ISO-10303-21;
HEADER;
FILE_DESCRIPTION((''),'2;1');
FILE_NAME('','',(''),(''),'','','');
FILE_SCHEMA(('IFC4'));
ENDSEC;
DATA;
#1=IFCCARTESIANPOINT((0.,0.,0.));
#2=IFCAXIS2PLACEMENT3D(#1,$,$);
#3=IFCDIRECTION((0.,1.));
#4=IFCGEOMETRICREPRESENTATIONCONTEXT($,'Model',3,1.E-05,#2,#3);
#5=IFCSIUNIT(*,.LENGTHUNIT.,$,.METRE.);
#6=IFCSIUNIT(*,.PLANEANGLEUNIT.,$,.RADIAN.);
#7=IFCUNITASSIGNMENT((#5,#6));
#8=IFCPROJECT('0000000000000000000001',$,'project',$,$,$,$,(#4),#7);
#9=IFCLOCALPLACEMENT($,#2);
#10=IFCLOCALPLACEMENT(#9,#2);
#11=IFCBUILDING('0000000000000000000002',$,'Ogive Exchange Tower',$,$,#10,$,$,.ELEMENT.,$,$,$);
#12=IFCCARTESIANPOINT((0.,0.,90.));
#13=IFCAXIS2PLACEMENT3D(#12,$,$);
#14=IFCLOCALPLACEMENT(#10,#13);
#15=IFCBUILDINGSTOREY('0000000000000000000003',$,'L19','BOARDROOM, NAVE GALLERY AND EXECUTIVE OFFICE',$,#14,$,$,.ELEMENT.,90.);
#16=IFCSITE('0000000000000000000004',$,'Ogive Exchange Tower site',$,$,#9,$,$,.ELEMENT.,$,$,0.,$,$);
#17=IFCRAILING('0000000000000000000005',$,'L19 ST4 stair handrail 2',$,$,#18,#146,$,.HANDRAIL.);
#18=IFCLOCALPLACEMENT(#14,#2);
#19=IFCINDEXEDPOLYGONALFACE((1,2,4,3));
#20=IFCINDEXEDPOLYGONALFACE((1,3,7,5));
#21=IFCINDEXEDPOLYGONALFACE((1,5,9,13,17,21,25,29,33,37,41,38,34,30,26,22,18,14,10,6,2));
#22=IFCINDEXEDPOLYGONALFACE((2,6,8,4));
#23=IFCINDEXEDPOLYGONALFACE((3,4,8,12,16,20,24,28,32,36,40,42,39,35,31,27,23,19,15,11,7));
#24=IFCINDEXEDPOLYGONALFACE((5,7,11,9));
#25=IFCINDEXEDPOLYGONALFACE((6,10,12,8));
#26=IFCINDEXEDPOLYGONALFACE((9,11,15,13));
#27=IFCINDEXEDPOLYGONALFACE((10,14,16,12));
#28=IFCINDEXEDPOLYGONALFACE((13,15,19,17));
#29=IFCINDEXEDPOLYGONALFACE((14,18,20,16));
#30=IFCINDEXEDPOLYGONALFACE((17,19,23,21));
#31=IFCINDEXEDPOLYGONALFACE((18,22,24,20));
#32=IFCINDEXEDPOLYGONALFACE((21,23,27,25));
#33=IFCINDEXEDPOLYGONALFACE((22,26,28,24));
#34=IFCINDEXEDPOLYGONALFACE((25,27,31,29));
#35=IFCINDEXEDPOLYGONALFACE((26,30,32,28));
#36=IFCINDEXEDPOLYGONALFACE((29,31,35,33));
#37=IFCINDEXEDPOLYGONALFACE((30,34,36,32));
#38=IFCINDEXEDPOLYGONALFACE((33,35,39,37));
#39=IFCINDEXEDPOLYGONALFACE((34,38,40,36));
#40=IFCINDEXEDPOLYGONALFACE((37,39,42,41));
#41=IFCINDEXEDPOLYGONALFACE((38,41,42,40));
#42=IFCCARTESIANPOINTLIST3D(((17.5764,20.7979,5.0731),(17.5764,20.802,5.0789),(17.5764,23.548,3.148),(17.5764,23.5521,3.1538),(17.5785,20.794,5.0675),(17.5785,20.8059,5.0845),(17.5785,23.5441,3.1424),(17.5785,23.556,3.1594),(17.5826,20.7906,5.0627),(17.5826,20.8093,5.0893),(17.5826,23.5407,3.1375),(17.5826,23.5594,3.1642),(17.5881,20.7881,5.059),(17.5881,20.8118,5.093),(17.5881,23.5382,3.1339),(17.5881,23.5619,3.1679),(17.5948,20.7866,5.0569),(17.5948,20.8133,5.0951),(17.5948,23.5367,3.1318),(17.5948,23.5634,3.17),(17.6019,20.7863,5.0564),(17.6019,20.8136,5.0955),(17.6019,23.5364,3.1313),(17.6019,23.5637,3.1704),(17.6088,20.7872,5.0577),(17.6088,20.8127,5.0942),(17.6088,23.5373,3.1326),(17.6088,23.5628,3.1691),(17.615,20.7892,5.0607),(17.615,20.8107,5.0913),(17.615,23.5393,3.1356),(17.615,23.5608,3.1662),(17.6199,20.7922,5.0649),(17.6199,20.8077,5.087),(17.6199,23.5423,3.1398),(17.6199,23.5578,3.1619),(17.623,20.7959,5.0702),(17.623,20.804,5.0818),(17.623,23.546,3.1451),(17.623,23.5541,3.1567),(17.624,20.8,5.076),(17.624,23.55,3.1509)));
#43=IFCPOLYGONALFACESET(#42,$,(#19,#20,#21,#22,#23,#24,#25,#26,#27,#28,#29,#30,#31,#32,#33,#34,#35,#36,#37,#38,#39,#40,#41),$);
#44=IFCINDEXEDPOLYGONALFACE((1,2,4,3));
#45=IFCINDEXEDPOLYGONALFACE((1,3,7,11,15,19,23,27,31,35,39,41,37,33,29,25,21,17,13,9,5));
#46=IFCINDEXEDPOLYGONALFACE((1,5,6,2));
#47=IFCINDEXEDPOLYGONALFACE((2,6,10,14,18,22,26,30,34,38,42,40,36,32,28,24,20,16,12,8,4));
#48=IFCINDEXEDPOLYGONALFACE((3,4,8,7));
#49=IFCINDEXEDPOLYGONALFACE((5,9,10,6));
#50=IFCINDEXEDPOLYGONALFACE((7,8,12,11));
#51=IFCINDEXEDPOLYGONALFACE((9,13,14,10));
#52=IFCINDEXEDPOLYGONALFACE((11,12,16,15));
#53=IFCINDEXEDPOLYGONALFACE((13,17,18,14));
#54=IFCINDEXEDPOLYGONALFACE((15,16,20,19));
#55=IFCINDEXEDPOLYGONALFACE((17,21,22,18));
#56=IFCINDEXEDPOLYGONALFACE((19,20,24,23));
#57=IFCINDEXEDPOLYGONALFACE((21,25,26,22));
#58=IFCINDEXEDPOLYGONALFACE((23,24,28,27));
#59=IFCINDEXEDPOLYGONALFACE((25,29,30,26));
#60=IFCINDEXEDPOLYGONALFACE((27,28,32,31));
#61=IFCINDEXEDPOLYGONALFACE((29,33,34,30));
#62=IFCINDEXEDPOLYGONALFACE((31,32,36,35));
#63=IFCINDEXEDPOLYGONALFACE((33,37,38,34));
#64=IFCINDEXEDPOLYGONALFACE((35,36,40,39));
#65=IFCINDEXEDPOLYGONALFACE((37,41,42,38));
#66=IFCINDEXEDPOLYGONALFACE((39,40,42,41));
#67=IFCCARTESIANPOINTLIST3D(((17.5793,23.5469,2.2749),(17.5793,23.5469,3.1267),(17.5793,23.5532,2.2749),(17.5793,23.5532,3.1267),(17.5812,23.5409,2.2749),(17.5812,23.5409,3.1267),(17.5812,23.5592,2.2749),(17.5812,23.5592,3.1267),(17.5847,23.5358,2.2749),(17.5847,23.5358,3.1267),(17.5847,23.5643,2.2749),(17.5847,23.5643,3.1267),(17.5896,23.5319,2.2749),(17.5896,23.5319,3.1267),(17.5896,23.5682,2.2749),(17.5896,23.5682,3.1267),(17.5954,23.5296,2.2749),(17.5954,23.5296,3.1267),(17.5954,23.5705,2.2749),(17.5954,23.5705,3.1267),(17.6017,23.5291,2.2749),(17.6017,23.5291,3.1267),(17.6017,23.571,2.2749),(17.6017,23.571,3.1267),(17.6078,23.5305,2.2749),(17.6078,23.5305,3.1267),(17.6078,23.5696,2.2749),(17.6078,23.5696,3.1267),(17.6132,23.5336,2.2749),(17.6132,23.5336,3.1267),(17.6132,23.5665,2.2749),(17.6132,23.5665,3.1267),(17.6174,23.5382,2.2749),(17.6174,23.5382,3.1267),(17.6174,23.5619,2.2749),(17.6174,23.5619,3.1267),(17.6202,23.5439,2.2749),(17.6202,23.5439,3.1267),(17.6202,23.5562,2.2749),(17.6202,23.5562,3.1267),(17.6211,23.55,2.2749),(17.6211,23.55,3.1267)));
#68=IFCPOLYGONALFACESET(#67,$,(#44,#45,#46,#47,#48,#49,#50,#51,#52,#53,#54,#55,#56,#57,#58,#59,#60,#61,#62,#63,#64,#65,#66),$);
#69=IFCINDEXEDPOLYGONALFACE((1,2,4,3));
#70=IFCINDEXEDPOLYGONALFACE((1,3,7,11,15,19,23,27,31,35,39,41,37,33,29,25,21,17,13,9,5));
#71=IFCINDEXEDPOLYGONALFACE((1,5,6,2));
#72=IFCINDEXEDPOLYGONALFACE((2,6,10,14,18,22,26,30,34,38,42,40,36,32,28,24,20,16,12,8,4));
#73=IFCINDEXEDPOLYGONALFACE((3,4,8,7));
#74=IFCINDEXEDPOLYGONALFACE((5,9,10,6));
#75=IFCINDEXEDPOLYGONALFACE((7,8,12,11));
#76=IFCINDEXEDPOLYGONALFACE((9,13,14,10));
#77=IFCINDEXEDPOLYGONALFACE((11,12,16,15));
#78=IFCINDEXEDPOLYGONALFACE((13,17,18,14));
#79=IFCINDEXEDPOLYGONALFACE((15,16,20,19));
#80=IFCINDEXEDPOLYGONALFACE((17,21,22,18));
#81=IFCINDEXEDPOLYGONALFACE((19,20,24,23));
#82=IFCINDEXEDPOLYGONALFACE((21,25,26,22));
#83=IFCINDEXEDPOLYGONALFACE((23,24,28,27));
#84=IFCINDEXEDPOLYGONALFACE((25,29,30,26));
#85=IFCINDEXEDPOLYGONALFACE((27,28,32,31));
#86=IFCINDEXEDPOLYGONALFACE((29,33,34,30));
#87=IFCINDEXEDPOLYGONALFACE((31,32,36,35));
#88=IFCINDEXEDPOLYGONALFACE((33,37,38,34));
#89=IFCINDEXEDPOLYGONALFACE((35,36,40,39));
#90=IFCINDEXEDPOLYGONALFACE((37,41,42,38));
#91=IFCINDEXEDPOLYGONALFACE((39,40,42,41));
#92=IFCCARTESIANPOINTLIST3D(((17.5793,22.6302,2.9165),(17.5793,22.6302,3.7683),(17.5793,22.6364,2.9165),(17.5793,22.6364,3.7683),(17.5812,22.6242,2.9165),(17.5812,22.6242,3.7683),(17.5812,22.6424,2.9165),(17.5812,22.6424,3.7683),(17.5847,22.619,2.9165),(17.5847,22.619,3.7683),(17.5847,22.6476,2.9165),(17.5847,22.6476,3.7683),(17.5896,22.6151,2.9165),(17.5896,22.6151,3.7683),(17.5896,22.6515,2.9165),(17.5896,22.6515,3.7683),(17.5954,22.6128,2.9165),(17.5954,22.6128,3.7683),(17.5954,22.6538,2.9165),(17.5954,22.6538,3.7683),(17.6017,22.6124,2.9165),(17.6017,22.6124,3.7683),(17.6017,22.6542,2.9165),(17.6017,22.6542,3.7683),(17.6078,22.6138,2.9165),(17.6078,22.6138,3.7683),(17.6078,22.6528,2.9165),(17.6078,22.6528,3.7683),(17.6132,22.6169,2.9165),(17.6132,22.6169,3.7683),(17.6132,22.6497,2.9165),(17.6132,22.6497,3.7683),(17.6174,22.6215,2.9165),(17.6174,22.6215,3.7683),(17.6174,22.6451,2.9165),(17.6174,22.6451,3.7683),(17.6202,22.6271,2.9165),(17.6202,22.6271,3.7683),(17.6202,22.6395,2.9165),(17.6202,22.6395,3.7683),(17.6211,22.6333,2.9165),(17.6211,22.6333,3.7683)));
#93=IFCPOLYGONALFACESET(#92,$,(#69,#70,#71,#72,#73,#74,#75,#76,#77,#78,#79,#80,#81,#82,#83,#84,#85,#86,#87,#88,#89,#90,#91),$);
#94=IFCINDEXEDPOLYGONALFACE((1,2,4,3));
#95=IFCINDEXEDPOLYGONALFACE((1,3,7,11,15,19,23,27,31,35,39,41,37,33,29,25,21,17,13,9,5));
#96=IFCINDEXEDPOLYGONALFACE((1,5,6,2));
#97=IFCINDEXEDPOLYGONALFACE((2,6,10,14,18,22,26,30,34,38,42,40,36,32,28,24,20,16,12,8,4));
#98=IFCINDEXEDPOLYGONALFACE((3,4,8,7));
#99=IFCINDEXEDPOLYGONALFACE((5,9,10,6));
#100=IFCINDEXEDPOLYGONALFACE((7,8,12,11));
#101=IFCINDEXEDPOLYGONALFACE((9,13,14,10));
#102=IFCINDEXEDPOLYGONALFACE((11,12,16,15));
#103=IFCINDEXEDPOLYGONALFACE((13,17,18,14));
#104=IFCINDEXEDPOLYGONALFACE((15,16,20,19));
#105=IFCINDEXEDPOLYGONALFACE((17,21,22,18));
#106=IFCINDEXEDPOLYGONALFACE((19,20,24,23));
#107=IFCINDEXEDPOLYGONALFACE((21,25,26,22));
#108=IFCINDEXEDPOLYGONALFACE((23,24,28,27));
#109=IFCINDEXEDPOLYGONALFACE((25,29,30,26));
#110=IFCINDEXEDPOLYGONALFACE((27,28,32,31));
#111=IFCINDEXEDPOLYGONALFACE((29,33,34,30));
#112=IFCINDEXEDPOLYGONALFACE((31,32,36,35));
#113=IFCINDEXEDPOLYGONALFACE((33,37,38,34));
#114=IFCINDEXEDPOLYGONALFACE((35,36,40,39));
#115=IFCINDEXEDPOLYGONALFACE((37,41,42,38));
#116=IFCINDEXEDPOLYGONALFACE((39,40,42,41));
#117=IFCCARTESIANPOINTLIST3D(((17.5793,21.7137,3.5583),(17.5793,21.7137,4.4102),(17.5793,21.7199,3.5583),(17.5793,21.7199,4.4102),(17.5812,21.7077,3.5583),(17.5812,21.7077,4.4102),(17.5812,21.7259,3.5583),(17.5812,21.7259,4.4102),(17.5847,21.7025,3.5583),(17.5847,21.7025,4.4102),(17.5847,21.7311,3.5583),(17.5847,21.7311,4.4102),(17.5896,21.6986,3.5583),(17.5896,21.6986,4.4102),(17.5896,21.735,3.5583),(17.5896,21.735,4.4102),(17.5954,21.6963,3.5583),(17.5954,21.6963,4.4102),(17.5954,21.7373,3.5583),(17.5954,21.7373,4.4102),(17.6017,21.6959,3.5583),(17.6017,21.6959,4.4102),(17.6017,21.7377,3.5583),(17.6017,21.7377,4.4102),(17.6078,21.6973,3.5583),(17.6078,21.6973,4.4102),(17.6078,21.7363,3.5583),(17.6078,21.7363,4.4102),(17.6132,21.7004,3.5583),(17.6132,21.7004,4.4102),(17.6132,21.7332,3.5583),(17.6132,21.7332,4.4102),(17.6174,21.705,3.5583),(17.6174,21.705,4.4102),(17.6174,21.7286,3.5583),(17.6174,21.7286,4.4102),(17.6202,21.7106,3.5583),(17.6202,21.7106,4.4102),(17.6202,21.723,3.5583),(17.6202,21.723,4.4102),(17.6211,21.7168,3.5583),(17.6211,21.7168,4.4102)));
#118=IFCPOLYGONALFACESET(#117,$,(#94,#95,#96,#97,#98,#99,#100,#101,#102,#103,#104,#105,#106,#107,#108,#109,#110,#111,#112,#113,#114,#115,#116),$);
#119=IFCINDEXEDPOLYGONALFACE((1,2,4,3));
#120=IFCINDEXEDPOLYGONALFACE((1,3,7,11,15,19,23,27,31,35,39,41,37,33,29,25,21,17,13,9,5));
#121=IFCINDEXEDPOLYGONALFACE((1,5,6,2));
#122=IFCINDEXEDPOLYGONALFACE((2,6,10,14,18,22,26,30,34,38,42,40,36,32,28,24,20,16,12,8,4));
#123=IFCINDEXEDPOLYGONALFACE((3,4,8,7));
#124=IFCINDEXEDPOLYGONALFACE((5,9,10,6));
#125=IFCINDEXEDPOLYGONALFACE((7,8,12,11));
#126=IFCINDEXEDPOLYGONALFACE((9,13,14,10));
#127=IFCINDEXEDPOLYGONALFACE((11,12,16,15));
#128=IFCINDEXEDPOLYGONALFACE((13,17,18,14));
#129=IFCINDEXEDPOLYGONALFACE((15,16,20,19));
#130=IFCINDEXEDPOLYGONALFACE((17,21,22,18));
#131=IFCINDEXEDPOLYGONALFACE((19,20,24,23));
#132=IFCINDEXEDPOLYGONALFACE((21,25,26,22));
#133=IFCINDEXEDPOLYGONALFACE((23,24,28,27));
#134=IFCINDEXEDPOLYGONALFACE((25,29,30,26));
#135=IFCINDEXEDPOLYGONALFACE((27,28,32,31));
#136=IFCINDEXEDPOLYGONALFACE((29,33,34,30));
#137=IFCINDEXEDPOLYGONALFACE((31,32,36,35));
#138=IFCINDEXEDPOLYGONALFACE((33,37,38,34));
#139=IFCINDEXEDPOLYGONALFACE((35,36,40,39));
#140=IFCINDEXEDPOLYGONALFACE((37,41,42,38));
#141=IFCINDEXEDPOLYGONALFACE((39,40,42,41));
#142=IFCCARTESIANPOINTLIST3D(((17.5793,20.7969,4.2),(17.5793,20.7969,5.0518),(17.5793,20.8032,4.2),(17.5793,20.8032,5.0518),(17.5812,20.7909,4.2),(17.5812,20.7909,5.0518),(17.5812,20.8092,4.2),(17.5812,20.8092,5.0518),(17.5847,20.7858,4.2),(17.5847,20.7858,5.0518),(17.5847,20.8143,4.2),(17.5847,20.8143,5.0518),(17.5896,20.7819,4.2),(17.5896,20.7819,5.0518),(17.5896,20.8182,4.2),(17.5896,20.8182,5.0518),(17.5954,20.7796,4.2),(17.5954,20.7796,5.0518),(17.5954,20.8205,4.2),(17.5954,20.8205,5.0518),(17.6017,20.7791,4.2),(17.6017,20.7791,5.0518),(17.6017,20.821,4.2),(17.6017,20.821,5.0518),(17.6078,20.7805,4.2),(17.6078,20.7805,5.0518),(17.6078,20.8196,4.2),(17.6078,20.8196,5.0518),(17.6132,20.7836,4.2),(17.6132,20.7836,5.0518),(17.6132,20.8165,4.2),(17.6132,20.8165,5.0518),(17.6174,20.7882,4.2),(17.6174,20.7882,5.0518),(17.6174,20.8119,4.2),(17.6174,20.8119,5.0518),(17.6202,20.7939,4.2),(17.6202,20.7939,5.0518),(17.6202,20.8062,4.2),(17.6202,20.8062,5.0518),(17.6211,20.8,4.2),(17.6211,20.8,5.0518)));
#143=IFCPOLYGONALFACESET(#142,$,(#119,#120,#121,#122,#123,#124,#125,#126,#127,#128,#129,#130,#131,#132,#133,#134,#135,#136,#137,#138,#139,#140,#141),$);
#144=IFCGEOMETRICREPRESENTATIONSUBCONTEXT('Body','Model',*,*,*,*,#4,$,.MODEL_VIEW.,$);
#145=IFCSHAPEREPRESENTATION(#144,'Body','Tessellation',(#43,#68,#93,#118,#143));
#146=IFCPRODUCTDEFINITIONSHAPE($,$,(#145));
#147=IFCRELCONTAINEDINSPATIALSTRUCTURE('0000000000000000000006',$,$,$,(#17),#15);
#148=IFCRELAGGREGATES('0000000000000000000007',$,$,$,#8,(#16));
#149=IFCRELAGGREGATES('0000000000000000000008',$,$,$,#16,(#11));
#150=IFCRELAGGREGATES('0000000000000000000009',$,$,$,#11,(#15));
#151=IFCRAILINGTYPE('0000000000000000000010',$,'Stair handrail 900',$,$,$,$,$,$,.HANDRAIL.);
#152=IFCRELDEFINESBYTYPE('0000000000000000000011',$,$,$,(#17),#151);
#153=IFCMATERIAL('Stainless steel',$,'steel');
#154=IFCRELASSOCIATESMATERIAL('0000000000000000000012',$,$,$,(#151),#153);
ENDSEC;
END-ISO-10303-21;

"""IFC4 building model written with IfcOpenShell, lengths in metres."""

from ifc_helpers import new_model, si_unit, direction, frame, origin, origin_2d, place, context, subcontext, project, spatial, circle, extrude, material, type_object, element, save


model = new_model("IFC4")

# Units and contexts
model_context = context("Model", 3, precision=1e-05, world=origin(), true_north=direction((0.0, 1.0)))
body_context = subcontext(model_context, "Body", "Model", "MODEL_VIEW")
ifc_project = project(units=[si_unit("LENGTHUNIT", "METRE"), si_unit("PLANEANGLEUNIT", "RADIAN")], contexts=[model_context])

# Site, building, storey
site_placement = place(None, origin())
site = spatial("IfcSite", under=ifc_project, at=site_placement, Name="Ogive Exchange Tower site", CompositionType="ELEMENT", RefElevation=0.0)
building_placement = place(site_placement, origin())
building = spatial("IfcBuilding", under=site, at=building_placement, Name="Ogive Exchange Tower", CompositionType="ELEMENT")
storey_placement = place(building_placement, frame((0.0, 0.0, 90.0)))
storey = spatial("IfcBuildingStorey", under=building, at=storey_placement, Name="L19", Description="BOARDROOM, NAVE GALLERY AND EXECUTIVE OFFICE", CompositionType="ELEMENT", Elevation=90.0)

# Railing
ifc_material_1 = material(Name="Stainless steel", Category="steel")
railing_type = type_object("IfcRailingType", Name="Stair handrail 900", PredefinedType="HANDRAIL", material=ifc_material_1)
railing_placement = place(storey_placement, frame((17.6001, 23.55, 2.2749)))
element("IfcRailing", 1, at=railing_placement, inside=storey, type_object=railing_type, Name="L19 ST4 stair handrail 2", PredefinedType="HANDRAIL", context=body_context, shape_type="SweptSolid", body=[
    extrude(circle(Radius=0.0239, at=origin_2d()), frame((0.0, 0.0, 0.876), z_axis=(0.0, -0.819225, 0.573472), x_axis=(1.0, 0.0, 0.0)), (0.0, 0.0, 1.0), 3.3569),
    extrude(circle(Radius=0.021, at=origin_2d()), origin(), (0.0, 0.0, 1.0), 0.8518),
    extrude(circle(Radius=0.021, at=origin_2d()), frame((0.0, -0.9167, 0.6416)), (0.0, 0.0, 1.0), 0.8518),
    extrude(circle(Radius=0.021, at=origin_2d()), frame((0.0, -1.8333, 1.2834)), (0.0, 0.0, 1.0), 0.8518),
    extrude(circle(Radius=0.021, at=origin_2d()), frame((0.0, -2.75, 1.925)), (0.0, 0.0, 1.0), 0.8518),
])

save(model, "model.ifc")
